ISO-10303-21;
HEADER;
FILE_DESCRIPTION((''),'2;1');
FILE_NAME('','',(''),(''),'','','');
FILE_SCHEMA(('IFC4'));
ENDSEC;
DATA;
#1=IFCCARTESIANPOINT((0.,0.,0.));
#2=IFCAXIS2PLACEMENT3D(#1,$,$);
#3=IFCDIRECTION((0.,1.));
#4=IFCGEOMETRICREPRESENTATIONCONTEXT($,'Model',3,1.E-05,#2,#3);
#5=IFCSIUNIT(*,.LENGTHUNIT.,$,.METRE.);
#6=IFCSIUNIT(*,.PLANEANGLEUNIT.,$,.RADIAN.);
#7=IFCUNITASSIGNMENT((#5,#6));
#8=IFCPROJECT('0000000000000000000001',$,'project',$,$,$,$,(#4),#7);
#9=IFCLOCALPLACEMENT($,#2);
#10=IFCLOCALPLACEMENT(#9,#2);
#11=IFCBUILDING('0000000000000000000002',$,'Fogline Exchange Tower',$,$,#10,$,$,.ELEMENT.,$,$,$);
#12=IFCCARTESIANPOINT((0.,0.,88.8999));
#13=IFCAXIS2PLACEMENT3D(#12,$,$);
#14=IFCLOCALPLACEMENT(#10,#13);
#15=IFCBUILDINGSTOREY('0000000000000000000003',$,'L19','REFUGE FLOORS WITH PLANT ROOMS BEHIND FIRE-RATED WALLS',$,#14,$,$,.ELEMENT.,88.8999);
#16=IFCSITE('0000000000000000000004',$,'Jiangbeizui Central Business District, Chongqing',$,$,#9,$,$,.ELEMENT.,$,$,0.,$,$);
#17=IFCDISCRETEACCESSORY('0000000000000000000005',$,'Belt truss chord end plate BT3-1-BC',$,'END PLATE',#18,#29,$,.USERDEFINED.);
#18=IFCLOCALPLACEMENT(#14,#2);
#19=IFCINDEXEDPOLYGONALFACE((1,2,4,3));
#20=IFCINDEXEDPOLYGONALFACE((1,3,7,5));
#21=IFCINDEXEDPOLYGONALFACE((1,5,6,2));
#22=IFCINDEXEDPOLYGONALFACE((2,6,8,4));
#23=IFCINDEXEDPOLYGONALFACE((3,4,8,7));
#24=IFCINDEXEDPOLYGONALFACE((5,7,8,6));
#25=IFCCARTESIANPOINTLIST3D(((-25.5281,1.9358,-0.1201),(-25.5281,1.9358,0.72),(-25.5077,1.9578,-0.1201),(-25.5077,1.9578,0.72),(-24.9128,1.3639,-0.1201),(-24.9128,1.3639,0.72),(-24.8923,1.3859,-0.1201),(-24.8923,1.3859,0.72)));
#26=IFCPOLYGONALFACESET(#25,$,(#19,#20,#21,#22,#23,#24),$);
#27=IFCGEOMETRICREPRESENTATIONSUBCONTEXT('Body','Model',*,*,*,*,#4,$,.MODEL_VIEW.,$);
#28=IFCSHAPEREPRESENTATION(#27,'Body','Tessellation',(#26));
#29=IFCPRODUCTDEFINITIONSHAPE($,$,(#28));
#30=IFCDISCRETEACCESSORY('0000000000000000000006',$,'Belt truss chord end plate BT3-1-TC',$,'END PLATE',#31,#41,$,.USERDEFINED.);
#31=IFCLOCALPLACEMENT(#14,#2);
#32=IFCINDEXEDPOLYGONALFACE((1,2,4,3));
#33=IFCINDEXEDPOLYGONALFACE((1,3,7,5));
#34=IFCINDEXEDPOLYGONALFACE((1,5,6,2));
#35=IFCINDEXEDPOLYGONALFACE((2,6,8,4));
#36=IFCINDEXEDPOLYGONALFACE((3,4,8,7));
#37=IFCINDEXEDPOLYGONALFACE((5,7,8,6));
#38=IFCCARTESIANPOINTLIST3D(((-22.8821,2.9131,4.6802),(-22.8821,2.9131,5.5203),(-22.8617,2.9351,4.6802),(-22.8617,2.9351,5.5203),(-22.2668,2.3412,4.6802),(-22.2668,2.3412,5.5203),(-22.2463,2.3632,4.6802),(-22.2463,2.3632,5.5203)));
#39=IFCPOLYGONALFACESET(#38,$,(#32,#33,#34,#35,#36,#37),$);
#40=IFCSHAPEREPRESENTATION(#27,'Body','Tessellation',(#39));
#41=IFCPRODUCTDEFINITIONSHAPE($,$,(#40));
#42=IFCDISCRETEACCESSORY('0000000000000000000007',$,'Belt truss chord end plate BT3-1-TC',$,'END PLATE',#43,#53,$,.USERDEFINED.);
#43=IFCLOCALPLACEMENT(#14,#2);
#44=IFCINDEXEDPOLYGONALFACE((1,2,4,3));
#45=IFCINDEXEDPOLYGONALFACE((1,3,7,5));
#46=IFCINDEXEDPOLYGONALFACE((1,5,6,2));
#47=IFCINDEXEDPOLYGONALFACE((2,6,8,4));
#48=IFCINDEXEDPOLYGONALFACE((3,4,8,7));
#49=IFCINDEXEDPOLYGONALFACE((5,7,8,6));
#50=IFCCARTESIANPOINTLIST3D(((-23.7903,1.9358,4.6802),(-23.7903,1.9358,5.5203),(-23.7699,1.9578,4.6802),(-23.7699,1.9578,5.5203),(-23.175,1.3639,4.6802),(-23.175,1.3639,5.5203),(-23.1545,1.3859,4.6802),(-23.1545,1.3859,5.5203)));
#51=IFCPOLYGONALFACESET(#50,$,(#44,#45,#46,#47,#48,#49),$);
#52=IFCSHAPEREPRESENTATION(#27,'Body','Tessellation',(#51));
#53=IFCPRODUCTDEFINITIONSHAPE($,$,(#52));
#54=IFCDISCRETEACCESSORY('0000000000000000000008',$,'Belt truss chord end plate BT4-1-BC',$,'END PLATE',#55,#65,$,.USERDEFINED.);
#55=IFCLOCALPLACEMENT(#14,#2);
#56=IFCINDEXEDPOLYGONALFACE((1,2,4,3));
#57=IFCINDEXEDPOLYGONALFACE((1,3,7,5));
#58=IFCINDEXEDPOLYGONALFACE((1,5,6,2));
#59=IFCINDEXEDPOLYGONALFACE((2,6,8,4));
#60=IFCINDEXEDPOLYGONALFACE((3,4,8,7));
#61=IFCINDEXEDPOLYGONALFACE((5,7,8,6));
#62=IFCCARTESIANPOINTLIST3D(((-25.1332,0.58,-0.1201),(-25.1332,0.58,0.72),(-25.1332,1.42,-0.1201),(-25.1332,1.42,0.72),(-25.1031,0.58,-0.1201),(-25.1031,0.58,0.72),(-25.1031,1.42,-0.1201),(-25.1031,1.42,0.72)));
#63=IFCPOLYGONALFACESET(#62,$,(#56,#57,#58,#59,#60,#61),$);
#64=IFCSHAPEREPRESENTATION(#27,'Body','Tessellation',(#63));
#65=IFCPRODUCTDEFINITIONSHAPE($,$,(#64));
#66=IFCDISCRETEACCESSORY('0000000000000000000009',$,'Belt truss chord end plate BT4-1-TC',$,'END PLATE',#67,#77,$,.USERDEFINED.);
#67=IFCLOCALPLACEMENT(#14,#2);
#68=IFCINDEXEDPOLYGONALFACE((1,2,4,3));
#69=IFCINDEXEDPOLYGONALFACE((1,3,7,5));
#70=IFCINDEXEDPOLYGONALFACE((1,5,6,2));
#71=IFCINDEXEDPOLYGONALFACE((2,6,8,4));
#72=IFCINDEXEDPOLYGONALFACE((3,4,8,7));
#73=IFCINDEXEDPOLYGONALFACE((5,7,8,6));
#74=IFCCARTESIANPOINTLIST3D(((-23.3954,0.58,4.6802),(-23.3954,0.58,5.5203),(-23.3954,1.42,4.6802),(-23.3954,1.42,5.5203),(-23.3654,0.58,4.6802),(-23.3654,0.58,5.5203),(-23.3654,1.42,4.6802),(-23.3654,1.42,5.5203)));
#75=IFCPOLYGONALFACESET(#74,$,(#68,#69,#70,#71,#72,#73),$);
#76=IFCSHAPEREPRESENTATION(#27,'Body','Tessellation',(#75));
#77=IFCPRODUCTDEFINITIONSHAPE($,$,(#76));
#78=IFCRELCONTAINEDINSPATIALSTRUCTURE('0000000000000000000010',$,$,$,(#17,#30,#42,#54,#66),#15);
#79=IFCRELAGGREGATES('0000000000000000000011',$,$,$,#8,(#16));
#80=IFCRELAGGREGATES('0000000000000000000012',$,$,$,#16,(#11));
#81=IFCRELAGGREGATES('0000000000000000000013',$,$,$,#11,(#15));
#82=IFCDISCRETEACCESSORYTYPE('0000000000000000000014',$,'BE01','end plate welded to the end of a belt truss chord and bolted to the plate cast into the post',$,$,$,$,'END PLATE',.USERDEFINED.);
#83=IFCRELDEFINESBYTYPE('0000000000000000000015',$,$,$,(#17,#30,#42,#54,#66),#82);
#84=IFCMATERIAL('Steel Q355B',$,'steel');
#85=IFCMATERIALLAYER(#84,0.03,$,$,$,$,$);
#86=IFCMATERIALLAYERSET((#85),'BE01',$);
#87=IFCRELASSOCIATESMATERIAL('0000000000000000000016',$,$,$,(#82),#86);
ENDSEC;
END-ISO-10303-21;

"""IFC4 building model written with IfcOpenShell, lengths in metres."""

from ifc_helpers import new_model, si_unit, direction, frame, origin, origin_2d, place, context, subcontext, project, spatial, rectangle, extrude, material, layer, layer_set, type_object, element, save


model = new_model("IFC4")

# Units and contexts
model_context = context("Model", 3, precision=1e-05, world=origin(), true_north=direction((0.0, 1.0)))
body_context = subcontext(model_context, "Body", "Model", "MODEL_VIEW")
ifc_project = project(units=[si_unit("LENGTHUNIT", "METRE"), si_unit("PLANEANGLEUNIT", "RADIAN")], contexts=[model_context])

# Site, building, storey
site_placement = place(None, origin())
site = spatial("IfcSite", under=ifc_project, at=site_placement, Name="Jiangbeizui Central Business District, Chongqing", CompositionType="ELEMENT", RefElevation=0.0)
building_placement = place(site_placement, origin())
building = spatial("IfcBuilding", under=site, at=building_placement, Name="Fogline Exchange Tower", CompositionType="ELEMENT")
storey_placement = place(building_placement, frame((0.0, 0.0, 88.8999)))
storey = spatial("IfcBuildingStorey", under=building, at=storey_placement, Name="L19", Description="REFUGE FLOORS WITH PLANT ROOMS BEHIND FIRE-RATED WALLS", CompositionType="ELEMENT", Elevation=88.8999)

# Shared definitions
ifc_material_1 = material(Name="Steel Q355B", Category="steel")

# Discrete accessories
ifc_layer_1 = layer(ifc_material_1, 0.03)
ifc_layer_set_1 = layer_set([ifc_layer_1], Name="BE01")
discrete_accessory_type = type_object("IfcDiscreteAccessoryType", Name="BE01", Description="end plate welded to the end of a belt truss chord and bolted to the plate cast into the post", ElementType="END PLATE", PredefinedType="USERDEFINED", material=ifc_layer_set_1)
for number, where, z_axis, x_axis, name in (
    (1, (-25.2102, 1.6609, -0.1201), (0.0, 0.0, 1.0), (-0.680781, -0.732487, 0.0), "Belt truss chord end plate BT3-1-BC"),
    (2, (-22.5642, 2.6382, 4.6802), (0.0, 0.0, 1.0), (0.680781, 0.732487, 0.0), "Belt truss chord end plate BT3-1-TC"),
    (3, (-23.4724, 1.6609, 4.6802), (0.0, 0.0, 1.0), (-0.680781, -0.732487, 0.0), "Belt truss chord end plate BT3-1-TC"),
    (4, (-25.1182, 1.0, -0.1201), (0.0, 0.0, 1.0), (-1.0, 0.0, 0.0), "Belt truss chord end plate BT4-1-BC"),
    (5, (-23.3804, 1.0, 4.6802), (0.0, 0.0, 1.0), (-1.0, 0.0, 0.0), "Belt truss chord end plate BT4-1-TC"),
):
    element("IfcDiscreteAccessory", number, at=place(storey_placement, frame(where, z_axis=z_axis, x_axis=x_axis)), inside=storey, type_object=discrete_accessory_type, Name=name, ObjectType="END PLATE", PredefinedType="USERDEFINED", context=body_context, shape_type="SweptSolid", body=[
        extrude(rectangle(XDim=0.03, YDim=0.8401, at=origin_2d()), origin(), (0.0, 0.0, 1.0), 0.8401),
    ])

save(model, "model.ifc")
